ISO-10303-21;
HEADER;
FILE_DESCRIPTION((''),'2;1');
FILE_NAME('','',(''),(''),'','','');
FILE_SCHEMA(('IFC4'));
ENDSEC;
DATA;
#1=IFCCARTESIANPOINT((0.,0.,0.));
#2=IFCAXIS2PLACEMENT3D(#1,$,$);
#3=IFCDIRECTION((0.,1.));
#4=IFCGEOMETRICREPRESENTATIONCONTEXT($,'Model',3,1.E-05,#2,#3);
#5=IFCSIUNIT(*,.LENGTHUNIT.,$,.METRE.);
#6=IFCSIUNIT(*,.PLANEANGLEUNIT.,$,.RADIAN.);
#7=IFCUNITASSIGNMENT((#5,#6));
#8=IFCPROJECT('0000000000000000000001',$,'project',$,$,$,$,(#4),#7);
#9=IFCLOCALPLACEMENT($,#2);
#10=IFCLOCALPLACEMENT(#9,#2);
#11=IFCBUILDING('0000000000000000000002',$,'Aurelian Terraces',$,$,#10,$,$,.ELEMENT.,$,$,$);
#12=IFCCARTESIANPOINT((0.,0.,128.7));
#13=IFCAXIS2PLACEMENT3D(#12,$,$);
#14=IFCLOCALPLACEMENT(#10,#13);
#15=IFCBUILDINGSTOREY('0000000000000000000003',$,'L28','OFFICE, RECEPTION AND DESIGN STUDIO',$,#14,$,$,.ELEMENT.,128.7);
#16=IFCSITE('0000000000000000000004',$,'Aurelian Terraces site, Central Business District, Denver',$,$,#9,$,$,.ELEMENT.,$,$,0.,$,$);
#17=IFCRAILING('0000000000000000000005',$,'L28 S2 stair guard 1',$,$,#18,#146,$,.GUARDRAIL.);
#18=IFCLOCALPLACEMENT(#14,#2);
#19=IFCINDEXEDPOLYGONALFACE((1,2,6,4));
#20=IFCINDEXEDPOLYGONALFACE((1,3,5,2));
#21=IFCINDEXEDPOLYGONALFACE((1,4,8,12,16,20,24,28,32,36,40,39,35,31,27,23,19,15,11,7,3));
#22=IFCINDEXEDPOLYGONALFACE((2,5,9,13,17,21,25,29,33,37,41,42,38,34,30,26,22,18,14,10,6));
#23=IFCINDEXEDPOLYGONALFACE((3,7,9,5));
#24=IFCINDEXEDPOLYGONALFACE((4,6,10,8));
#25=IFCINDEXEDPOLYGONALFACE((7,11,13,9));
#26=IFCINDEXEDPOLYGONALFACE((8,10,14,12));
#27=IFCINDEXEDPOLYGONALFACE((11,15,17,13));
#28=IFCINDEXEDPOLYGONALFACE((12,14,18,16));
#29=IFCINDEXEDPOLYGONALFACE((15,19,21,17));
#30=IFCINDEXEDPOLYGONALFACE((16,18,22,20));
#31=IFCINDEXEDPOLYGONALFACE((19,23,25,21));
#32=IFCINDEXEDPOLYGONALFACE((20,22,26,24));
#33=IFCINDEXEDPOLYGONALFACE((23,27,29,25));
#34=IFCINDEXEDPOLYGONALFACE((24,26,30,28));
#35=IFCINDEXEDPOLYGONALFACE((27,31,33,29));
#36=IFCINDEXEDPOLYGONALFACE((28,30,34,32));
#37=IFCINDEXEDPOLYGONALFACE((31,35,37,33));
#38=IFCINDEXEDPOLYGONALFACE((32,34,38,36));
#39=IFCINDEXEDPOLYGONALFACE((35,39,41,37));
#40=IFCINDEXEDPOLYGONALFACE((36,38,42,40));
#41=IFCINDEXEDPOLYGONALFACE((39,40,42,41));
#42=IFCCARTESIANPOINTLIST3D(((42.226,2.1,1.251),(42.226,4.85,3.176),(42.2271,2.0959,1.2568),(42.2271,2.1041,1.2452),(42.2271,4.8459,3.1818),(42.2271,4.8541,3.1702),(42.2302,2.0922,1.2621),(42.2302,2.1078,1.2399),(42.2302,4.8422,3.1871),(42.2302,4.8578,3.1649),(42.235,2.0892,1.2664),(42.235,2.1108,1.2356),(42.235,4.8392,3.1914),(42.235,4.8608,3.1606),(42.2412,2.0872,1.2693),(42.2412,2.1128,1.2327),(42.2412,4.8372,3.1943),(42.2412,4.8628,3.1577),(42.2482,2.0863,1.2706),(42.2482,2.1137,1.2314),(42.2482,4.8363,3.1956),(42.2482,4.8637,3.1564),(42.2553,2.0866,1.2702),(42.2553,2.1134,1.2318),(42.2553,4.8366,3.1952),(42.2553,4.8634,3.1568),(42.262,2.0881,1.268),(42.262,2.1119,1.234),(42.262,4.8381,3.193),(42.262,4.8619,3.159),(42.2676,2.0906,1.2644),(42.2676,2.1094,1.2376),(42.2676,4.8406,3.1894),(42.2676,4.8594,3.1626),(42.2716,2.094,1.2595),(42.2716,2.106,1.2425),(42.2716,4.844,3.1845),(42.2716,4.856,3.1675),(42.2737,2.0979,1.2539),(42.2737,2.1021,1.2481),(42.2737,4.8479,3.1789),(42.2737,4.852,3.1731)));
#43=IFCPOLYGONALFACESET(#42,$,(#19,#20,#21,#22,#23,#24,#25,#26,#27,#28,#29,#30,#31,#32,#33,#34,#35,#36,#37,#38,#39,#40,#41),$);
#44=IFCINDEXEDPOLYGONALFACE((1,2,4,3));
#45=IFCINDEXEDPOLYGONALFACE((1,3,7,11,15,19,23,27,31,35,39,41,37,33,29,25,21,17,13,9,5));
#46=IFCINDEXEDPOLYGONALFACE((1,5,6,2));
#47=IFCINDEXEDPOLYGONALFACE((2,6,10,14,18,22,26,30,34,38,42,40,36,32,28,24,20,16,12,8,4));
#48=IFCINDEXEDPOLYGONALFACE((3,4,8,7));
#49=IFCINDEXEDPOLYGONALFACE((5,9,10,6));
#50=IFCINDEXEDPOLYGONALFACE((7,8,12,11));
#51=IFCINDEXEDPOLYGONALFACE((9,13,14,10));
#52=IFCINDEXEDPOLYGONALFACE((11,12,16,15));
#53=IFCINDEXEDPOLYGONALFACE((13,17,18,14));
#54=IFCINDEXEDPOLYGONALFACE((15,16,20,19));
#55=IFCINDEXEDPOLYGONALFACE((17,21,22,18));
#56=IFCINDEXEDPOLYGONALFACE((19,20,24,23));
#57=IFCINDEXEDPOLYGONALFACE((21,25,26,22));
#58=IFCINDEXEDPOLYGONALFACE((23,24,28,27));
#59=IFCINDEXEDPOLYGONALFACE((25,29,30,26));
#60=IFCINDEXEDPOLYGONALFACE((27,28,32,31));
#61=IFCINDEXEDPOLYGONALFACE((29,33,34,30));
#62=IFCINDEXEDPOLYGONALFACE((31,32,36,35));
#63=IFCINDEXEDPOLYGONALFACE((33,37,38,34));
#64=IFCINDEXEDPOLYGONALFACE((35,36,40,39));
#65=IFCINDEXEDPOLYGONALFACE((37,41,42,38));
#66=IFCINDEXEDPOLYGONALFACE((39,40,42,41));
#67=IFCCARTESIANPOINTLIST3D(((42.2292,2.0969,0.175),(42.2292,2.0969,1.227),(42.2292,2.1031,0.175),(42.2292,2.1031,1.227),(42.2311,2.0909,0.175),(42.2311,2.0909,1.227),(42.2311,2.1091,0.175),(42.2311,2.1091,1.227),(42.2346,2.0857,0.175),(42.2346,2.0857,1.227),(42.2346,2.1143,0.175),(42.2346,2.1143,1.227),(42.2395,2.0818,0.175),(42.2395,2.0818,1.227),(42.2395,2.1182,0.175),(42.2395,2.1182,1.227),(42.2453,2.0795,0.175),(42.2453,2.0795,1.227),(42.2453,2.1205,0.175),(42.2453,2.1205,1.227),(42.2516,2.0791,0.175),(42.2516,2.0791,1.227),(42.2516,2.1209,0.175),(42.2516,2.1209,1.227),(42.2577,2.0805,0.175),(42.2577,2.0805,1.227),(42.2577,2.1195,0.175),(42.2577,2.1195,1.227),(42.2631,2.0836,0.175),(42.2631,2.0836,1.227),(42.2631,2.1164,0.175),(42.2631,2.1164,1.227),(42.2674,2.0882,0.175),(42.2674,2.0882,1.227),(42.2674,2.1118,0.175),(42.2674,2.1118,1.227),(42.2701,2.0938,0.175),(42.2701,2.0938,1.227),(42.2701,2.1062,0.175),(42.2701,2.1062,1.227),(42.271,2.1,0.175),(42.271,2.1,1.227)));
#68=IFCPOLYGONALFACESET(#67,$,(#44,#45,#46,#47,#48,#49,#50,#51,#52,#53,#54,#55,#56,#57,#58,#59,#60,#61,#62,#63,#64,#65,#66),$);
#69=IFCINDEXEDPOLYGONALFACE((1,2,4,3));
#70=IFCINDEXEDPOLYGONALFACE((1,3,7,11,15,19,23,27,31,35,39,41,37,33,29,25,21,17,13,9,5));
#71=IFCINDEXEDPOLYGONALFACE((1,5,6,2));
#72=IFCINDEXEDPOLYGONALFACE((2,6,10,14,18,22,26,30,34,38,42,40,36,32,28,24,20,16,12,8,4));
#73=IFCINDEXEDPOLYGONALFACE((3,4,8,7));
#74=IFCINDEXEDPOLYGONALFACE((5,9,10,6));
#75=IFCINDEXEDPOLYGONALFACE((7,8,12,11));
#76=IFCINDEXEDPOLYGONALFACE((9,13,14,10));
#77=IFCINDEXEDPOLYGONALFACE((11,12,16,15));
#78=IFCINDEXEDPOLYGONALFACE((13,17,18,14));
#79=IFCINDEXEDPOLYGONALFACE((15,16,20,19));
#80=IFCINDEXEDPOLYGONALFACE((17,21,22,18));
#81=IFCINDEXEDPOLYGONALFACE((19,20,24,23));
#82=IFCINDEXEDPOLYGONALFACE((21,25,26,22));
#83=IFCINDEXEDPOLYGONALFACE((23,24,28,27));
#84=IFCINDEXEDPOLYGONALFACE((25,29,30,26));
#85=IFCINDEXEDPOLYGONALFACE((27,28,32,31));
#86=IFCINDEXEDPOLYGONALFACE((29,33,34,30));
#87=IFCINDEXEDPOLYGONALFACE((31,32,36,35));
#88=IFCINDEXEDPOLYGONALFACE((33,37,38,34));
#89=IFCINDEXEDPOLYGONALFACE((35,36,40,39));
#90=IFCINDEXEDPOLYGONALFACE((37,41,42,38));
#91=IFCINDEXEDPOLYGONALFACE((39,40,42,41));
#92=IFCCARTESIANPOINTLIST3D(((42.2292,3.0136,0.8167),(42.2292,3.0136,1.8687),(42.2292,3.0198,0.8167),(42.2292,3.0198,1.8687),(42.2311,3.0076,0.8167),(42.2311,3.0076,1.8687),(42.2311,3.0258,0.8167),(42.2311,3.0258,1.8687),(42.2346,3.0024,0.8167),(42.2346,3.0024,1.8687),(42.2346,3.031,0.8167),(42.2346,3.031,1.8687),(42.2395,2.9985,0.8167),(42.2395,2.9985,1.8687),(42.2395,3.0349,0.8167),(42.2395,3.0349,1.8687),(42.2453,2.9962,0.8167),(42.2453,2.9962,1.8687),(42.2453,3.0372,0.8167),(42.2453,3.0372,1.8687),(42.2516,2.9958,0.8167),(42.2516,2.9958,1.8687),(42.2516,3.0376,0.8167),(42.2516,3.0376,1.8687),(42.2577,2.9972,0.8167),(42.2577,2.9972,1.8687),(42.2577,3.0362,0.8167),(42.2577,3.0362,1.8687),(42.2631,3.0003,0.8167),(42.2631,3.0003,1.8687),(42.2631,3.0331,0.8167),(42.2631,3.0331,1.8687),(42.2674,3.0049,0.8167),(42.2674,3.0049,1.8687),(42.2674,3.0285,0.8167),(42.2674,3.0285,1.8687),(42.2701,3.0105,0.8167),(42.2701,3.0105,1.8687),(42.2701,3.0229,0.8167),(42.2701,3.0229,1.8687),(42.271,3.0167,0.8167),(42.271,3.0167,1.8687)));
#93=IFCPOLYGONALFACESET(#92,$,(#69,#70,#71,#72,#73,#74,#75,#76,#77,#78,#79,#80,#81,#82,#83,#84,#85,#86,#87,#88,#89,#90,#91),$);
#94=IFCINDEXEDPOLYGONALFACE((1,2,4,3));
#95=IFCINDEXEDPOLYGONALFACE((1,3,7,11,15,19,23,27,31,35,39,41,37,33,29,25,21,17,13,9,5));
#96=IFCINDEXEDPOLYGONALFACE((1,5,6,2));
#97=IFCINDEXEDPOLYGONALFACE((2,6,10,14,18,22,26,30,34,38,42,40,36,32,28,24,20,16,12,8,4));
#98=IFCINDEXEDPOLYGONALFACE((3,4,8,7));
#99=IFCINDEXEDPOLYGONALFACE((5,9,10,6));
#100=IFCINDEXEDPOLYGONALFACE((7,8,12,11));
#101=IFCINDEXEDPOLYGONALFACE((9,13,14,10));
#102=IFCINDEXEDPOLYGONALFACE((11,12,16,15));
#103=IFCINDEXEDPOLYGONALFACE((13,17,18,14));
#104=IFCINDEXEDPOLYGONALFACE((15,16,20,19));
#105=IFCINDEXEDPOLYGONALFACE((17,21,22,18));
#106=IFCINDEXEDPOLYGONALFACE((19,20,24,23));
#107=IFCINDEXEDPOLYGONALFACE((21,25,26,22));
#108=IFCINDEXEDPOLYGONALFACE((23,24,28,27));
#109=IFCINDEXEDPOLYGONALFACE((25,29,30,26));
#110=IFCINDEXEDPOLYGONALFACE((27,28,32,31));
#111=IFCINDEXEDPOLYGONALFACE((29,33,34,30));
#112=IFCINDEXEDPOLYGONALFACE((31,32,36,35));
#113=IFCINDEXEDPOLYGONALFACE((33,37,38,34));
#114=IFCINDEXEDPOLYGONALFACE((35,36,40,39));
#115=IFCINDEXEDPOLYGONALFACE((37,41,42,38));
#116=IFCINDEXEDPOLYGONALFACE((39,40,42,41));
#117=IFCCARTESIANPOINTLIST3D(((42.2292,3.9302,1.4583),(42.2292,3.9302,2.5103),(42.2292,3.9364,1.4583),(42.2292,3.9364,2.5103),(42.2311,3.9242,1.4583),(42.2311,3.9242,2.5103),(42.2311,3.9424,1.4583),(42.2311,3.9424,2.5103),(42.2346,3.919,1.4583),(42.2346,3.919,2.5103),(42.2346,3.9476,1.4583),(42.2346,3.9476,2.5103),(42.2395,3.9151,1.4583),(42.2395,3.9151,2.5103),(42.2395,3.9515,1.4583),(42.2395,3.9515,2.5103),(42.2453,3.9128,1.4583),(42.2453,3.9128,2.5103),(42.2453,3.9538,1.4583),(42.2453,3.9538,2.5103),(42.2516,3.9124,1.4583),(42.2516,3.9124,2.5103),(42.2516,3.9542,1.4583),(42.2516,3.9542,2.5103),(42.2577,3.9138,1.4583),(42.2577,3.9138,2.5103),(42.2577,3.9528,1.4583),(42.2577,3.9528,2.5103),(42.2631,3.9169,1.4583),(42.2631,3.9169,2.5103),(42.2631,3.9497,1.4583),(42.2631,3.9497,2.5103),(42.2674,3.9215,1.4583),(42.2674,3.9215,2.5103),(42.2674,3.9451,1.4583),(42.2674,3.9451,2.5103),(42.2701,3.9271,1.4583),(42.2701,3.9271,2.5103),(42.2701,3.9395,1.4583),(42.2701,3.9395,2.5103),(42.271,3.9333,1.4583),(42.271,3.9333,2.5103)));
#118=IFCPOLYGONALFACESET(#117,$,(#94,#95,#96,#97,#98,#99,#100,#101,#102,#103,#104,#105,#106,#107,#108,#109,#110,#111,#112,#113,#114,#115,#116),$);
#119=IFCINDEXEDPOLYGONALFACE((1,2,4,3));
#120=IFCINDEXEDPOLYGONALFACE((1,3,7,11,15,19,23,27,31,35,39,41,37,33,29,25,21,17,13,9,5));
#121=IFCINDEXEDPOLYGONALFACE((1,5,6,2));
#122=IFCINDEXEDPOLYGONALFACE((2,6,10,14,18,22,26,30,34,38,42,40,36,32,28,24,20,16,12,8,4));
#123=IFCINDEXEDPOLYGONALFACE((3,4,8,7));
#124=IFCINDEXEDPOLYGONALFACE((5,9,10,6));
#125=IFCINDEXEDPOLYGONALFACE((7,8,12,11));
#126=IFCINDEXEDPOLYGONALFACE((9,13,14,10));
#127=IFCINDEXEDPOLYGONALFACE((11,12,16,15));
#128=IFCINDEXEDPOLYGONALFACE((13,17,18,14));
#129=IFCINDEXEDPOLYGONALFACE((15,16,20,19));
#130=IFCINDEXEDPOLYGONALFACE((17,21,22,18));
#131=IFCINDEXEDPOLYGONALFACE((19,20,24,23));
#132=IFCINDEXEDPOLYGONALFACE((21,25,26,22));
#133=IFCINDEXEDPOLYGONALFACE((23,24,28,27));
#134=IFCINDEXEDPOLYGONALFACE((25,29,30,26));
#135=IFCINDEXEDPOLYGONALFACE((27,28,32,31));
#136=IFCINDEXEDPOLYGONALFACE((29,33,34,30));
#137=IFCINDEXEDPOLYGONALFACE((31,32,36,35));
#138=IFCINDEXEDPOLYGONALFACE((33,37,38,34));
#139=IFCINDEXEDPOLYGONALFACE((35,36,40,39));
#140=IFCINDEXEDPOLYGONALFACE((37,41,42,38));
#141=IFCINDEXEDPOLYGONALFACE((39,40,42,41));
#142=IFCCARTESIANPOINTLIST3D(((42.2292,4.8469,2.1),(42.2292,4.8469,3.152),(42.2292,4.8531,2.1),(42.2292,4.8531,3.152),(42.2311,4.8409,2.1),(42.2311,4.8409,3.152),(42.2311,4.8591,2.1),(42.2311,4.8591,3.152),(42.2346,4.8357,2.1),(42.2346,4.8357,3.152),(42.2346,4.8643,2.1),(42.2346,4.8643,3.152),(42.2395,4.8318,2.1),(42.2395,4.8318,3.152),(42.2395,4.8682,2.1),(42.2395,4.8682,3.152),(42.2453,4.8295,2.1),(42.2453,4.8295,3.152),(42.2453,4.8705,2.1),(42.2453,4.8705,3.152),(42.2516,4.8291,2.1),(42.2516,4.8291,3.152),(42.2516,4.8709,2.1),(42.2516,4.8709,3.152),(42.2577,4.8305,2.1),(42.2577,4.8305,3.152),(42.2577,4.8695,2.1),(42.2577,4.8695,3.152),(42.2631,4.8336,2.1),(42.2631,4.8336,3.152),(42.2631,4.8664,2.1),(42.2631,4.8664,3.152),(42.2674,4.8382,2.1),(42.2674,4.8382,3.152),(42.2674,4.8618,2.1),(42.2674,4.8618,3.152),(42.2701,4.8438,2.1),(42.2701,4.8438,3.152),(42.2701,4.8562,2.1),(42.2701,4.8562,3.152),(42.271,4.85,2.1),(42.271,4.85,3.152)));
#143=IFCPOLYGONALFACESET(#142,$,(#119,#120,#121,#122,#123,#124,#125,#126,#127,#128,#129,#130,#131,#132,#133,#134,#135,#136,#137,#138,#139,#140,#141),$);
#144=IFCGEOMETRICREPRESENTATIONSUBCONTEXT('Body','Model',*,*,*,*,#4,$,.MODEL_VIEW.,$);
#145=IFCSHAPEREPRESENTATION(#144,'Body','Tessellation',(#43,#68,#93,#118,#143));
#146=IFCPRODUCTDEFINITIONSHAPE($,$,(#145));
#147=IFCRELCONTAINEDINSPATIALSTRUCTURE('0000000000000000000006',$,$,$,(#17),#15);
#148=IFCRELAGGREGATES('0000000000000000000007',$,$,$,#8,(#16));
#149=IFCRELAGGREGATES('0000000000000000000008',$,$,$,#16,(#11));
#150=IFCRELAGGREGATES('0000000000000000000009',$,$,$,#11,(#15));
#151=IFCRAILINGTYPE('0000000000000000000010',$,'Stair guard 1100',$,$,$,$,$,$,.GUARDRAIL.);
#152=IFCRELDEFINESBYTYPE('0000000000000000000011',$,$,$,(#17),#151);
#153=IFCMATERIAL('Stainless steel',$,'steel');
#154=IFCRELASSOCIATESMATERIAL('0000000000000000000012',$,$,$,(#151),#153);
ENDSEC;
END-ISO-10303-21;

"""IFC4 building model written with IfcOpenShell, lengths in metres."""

from ifc_helpers import new_model, si_unit, direction, frame, origin, origin_2d, place, context, subcontext, project, spatial, circle, extrude, source, transform, mapped, material, type_object, element, save


model = new_model("IFC4")

# Units and contexts
model_context = context("Model", 3, precision=1e-05, world=origin(), true_north=direction((0.0, 1.0)))
body_context = subcontext(model_context, "Body", "Model", "MODEL_VIEW")
ifc_project = project(units=[si_unit("LENGTHUNIT", "METRE"), si_unit("PLANEANGLEUNIT", "RADIAN")], contexts=[model_context])

# Site, building, storey
site_placement = place(None, origin())
site = spatial("IfcSite", under=ifc_project, at=site_placement, Name="Aurelian Terraces site, Central Business District, Denver", CompositionType="ELEMENT", RefElevation=0.0)
building_placement = place(site_placement, origin())
building = spatial("IfcBuilding", under=site, at=building_placement, Name="Aurelian Terraces", CompositionType="ELEMENT")
storey_placement = place(building_placement, frame((0.0, 0.0, 128.7)))
storey = spatial("IfcBuildingStorey", under=building, at=storey_placement, Name="L28", Description="OFFICE, RECEPTION AND DESIGN STUDIO", CompositionType="ELEMENT", Elevation=128.7)

# Railing
ifc_material_1 = material(Name="Stainless steel", Category="steel")
railing_type_1 = type_object("IfcRailingType", Name="Stair guard 1100", PredefinedType="GUARDRAIL", material=ifc_material_1)
shared_shape_1 = source(origin(), body_context, "Body", "SweptSolid", [
    extrude(circle(Radius=0.024, at=origin_2d()), frame((0.0, 0.0, 1.076), z_axis=(0.0, 0.819232, 0.573462), x_axis=(-1.0, 0.0, 0.0)), (0.0, 0.0, 1.0), 3.3568),
    extrude(circle(Radius=0.021, at=origin_2d()), origin(), (0.0, 0.0, 1.0), 1.052),
    extrude(circle(Radius=0.021, at=origin_2d()), frame((0.0, 0.9167, 0.6417)), (0.0, 0.0, 1.0), 1.052),
    extrude(circle(Radius=0.021, at=origin_2d()), frame((0.0, 1.8333, 1.2833)), (0.0, 0.0, 1.0), 1.052),
    extrude(circle(Radius=0.021, at=origin_2d()), frame((0.0, 2.75, 1.925)), (0.0, 0.0, 1.0), 1.052),
])
railing_1_placement = place(storey_placement, frame((42.25, 2.1, 0.175)))
element("IfcRailing", 1, at=railing_1_placement, inside=storey, type_object=railing_type_1, Name="L28 S2 stair guard 1", PredefinedType="GUARDRAIL", context=body_context, shape_type="MappedRepresentation", body=[
    mapped(shared_shape_1, transform((0.0, 0.0, 0.0), scale=1.0)),
])

save(model, "model.ifc")
